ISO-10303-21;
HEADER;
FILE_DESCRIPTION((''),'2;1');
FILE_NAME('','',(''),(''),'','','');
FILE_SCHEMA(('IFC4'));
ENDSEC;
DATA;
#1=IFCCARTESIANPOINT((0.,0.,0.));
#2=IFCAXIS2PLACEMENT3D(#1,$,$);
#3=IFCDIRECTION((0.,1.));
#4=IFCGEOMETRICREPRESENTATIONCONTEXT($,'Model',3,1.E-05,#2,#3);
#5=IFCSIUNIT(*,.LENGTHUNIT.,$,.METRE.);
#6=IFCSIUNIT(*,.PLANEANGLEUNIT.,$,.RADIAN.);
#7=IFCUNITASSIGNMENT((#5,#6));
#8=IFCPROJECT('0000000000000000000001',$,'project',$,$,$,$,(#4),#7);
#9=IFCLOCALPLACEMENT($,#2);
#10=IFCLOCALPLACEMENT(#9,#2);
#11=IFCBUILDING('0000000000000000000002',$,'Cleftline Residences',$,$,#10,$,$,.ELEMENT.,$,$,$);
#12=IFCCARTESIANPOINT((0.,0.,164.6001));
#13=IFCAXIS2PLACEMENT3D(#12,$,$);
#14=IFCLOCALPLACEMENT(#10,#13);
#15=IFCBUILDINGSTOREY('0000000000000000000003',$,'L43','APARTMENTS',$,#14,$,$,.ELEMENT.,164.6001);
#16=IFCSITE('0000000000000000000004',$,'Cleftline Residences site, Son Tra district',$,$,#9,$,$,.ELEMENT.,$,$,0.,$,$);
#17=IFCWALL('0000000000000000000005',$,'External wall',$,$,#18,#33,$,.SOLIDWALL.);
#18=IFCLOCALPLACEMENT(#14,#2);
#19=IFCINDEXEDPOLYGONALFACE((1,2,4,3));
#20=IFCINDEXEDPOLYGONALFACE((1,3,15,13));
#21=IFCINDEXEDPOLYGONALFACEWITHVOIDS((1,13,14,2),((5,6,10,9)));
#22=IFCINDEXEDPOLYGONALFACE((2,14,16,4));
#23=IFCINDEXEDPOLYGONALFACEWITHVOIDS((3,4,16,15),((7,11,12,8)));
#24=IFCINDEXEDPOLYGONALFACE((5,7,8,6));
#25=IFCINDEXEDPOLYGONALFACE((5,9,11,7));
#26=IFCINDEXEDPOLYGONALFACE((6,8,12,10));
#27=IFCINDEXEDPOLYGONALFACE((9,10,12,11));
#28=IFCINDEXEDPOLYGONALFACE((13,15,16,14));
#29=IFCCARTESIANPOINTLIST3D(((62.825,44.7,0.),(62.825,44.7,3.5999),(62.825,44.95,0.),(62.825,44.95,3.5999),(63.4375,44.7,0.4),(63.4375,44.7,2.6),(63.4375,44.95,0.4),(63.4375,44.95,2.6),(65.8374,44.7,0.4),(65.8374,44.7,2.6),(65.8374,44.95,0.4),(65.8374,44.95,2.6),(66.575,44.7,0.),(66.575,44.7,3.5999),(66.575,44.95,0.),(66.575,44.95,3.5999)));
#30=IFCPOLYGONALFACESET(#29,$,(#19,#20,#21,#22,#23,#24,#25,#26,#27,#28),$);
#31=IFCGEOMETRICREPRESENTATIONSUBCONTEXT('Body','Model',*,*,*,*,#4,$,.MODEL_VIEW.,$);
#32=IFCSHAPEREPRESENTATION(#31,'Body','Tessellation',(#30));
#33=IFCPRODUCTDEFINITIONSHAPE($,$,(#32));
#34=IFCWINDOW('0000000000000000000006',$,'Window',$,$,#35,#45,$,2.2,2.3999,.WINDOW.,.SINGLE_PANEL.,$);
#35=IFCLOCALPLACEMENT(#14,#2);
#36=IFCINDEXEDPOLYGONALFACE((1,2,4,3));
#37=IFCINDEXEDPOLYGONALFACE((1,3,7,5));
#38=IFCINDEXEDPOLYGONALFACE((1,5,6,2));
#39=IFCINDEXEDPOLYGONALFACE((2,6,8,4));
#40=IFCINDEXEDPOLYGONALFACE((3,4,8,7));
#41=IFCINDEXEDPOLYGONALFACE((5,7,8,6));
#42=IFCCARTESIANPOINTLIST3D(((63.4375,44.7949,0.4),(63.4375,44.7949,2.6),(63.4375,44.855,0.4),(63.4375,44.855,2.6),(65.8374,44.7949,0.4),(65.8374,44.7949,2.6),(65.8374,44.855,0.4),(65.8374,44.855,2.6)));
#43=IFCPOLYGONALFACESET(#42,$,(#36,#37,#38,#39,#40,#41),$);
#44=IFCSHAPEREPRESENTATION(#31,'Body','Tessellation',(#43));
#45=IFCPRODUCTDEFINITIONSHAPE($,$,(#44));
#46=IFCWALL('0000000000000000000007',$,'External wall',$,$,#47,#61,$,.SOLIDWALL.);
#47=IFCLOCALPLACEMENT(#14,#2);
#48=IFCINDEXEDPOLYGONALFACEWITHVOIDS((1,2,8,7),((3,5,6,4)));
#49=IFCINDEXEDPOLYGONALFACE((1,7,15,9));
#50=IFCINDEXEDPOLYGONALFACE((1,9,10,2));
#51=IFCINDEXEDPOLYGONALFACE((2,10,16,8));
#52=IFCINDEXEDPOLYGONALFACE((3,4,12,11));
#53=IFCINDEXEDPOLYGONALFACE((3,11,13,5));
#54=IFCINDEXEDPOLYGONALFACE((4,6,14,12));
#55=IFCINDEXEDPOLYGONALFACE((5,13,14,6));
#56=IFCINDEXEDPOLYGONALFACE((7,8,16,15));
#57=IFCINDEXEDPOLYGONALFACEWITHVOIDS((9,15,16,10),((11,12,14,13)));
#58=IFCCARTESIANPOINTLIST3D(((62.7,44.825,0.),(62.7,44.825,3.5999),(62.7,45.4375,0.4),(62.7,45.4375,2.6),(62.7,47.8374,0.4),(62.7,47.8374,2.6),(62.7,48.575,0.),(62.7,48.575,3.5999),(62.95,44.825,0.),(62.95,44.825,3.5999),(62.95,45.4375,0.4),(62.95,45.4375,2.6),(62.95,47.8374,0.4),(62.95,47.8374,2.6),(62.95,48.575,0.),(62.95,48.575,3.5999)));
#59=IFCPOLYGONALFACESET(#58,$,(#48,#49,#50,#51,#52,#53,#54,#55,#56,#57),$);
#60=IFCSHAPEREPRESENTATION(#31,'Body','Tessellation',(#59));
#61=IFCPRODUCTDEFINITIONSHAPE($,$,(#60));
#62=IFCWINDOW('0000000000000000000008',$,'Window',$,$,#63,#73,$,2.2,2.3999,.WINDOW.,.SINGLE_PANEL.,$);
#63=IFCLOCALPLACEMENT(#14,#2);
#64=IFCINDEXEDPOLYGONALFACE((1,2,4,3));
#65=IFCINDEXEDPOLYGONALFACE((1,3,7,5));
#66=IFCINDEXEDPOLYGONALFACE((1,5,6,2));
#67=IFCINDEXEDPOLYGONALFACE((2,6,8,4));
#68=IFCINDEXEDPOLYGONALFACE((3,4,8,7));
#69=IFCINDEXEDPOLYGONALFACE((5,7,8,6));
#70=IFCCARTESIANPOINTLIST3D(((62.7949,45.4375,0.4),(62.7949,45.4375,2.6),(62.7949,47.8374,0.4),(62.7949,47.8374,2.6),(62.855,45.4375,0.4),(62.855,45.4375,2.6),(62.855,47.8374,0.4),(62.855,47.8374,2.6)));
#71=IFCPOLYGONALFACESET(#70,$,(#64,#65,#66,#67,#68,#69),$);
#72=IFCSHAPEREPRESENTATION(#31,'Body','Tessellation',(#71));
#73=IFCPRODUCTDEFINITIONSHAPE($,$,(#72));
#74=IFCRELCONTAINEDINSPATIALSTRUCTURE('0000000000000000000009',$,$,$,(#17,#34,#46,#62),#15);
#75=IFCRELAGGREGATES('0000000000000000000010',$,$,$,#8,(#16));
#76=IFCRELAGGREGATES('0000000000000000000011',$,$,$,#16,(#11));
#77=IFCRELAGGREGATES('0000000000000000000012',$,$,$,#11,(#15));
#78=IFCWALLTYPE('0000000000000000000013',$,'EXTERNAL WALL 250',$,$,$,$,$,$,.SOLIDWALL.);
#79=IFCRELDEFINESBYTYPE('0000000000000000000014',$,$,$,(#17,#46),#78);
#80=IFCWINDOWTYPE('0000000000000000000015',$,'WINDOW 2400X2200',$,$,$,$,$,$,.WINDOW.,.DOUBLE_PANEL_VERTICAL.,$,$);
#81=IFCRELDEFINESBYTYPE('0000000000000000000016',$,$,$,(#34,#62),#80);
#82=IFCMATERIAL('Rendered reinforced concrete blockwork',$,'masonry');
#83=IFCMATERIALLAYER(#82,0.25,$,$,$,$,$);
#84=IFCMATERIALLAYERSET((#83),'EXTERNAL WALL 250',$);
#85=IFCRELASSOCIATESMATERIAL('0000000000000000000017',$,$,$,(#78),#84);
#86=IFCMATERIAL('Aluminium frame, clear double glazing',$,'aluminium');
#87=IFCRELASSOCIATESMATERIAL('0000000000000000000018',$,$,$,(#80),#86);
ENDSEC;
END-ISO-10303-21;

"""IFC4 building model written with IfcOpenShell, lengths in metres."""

from ifc_helpers import new_model, si_unit, direction, frame, frame_2d, origin, place, context, subcontext, project, spatial, rectangle, extrude, material, layer, layer_set, type_object, element, fill, save


model = new_model("IFC4")

# Units and contexts
model_context = context("Model", 3, precision=1e-05, world=origin(), true_north=direction((0.0, 1.0)))
body_context = subcontext(model_context, "Body", "Model", "MODEL_VIEW")
ifc_project = project(units=[si_unit("LENGTHUNIT", "METRE"), si_unit("PLANEANGLEUNIT", "RADIAN")], contexts=[model_context])

# Site, building, storey
site_placement = place(None, origin())
site = spatial("IfcSite", under=ifc_project, at=site_placement, Name="Cleftline Residences site, Son Tra district", CompositionType="ELEMENT", RefElevation=0.0)
building_placement = place(site_placement, origin())
building = spatial("IfcBuilding", under=site, at=building_placement, Name="Cleftline Residences", CompositionType="ELEMENT")
storey_placement = place(building_placement, frame((0.0, 0.0, 164.6001)))
storey = spatial("IfcBuildingStorey", under=building, at=storey_placement, Name="L43", Description="APARTMENTS", CompositionType="ELEMENT", Elevation=164.6001)

# Walls, openings, windows
ifc_material_1 = material(Name="Rendered reinforced concrete blockwork", Category="masonry")
ifc_layer_1 = layer(ifc_material_1, 0.25)
ifc_layer_set_1 = layer_set([ifc_layer_1], Name="EXTERNAL WALL 250")
wall_type_1 = type_object("IfcWallType", Name="EXTERNAL WALL 250", PredefinedType="SOLIDWALL", material=ifc_layer_set_1)
wall_1_placement = place(storey_placement, frame((66.575, 44.825, 0.0), z_axis=(0.0, 0.0, 1.0), x_axis=(-1.0, 0.0, 0.0)))
wall_1 = element("IfcWall", 1, at=wall_1_placement, inside=storey, type_object=wall_type_1, Name="External wall", PredefinedType="SOLIDWALL", context=body_context, shape_type="SweptSolid", body=[
    extrude(rectangle(XDim=3.75, YDim=0.25, at=frame_2d((1.875, 0.0))), origin(), (0.0, 0.0, 1.0), 3.5999),
])
opening_1_placement = place(wall_1_placement, frame((0.7375, 0.0, 0.3999)))
opening_1 = element("IfcOpeningElement", 2, at=opening_1_placement, cuts=wall_1, PredefinedType="OPENING", context=body_context, shape_type="SweptSolid", body=[
    extrude(rectangle(XDim=2.3999, YDim=2.2, at=frame_2d((1.2, 1.1001))), frame((0.0, 0.135, 0.0), z_axis=(0.0, -1.0, 0.0), x_axis=(1.0, 0.0, 0.0)), (0.0, 0.0, 1.0), 0.27),
])
ifc_material_2 = material(Name="Aluminium frame, clear double glazing", Category="aluminium")
window_type_1 = type_object("IfcWindowType", Name="WINDOW 2400X2200", PartitioningType="DOUBLE_PANEL_VERTICAL", PredefinedType="WINDOW", material=ifc_material_2)
window_1_placement = place(opening_1_placement, origin())
window_1 = element("IfcWindow", 3, at=window_1_placement, inside=storey, type_object=window_type_1, Name="Window", OverallHeight=2.2, OverallWidth=2.3999, PartitioningType="SINGLE_PANEL", PredefinedType="WINDOW", context=body_context, shape_type="SweptSolid", body=[
    extrude(rectangle(XDim=2.3999, YDim=2.2, at=frame_2d((1.2, 1.1001))), frame((0.0, 0.03, 0.0), z_axis=(0.0, -1.0, 0.0), x_axis=(1.0, 0.0, 0.0)), (0.0, 0.0, 1.0), 0.0601),
])
fill(opening_1, window_1)
wall_2_placement = place(storey_placement, frame((62.825, 44.825, 0.0), z_axis=(0.0, 0.0, 1.0), x_axis=(0.0, 1.0, 0.0)))
wall_2 = element("IfcWall", 4, at=wall_2_placement, inside=storey, type_object=wall_type_1, Name="External wall", PredefinedType="SOLIDWALL", context=body_context, shape_type="SweptSolid", body=[
    extrude(rectangle(XDim=3.75, YDim=0.25, at=frame_2d((1.875, 0.0))), origin(), (0.0, 0.0, 1.0), 3.5999),
])
opening_2_placement = place(wall_2_placement, frame((0.6125, 0.0, 0.3999)))
opening_2 = element("IfcOpeningElement", 5, at=opening_2_placement, cuts=wall_2, PredefinedType="OPENING", context=body_context, shape_type="SweptSolid", body=[
    extrude(rectangle(XDim=2.3999, YDim=2.2, at=frame_2d((1.2, 1.1001))), frame((0.0, 0.135, 0.0), z_axis=(0.0, -1.0, 0.0), x_axis=(1.0, 0.0, 0.0)), (0.0, 0.0, 1.0), 0.27),
])
window_2_placement = place(opening_2_placement, origin())
window_2 = element("IfcWindow", 6, at=window_2_placement, inside=storey, type_object=window_type_1, Name="Window", OverallHeight=2.2, OverallWidth=2.3999, PartitioningType="SINGLE_PANEL", PredefinedType="WINDOW", context=body_context, shape_type="SweptSolid", body=[
    extrude(rectangle(XDim=2.3999, YDim=2.2, at=frame_2d((1.2, 1.1001))), frame((0.0, 0.03, 0.0), z_axis=(0.0, -1.0, 0.0), x_axis=(1.0, 0.0, 0.0)), (0.0, 0.0, 1.0), 0.0601),
])
fill(opening_2, window_2)

save(model, "model.ifc")
